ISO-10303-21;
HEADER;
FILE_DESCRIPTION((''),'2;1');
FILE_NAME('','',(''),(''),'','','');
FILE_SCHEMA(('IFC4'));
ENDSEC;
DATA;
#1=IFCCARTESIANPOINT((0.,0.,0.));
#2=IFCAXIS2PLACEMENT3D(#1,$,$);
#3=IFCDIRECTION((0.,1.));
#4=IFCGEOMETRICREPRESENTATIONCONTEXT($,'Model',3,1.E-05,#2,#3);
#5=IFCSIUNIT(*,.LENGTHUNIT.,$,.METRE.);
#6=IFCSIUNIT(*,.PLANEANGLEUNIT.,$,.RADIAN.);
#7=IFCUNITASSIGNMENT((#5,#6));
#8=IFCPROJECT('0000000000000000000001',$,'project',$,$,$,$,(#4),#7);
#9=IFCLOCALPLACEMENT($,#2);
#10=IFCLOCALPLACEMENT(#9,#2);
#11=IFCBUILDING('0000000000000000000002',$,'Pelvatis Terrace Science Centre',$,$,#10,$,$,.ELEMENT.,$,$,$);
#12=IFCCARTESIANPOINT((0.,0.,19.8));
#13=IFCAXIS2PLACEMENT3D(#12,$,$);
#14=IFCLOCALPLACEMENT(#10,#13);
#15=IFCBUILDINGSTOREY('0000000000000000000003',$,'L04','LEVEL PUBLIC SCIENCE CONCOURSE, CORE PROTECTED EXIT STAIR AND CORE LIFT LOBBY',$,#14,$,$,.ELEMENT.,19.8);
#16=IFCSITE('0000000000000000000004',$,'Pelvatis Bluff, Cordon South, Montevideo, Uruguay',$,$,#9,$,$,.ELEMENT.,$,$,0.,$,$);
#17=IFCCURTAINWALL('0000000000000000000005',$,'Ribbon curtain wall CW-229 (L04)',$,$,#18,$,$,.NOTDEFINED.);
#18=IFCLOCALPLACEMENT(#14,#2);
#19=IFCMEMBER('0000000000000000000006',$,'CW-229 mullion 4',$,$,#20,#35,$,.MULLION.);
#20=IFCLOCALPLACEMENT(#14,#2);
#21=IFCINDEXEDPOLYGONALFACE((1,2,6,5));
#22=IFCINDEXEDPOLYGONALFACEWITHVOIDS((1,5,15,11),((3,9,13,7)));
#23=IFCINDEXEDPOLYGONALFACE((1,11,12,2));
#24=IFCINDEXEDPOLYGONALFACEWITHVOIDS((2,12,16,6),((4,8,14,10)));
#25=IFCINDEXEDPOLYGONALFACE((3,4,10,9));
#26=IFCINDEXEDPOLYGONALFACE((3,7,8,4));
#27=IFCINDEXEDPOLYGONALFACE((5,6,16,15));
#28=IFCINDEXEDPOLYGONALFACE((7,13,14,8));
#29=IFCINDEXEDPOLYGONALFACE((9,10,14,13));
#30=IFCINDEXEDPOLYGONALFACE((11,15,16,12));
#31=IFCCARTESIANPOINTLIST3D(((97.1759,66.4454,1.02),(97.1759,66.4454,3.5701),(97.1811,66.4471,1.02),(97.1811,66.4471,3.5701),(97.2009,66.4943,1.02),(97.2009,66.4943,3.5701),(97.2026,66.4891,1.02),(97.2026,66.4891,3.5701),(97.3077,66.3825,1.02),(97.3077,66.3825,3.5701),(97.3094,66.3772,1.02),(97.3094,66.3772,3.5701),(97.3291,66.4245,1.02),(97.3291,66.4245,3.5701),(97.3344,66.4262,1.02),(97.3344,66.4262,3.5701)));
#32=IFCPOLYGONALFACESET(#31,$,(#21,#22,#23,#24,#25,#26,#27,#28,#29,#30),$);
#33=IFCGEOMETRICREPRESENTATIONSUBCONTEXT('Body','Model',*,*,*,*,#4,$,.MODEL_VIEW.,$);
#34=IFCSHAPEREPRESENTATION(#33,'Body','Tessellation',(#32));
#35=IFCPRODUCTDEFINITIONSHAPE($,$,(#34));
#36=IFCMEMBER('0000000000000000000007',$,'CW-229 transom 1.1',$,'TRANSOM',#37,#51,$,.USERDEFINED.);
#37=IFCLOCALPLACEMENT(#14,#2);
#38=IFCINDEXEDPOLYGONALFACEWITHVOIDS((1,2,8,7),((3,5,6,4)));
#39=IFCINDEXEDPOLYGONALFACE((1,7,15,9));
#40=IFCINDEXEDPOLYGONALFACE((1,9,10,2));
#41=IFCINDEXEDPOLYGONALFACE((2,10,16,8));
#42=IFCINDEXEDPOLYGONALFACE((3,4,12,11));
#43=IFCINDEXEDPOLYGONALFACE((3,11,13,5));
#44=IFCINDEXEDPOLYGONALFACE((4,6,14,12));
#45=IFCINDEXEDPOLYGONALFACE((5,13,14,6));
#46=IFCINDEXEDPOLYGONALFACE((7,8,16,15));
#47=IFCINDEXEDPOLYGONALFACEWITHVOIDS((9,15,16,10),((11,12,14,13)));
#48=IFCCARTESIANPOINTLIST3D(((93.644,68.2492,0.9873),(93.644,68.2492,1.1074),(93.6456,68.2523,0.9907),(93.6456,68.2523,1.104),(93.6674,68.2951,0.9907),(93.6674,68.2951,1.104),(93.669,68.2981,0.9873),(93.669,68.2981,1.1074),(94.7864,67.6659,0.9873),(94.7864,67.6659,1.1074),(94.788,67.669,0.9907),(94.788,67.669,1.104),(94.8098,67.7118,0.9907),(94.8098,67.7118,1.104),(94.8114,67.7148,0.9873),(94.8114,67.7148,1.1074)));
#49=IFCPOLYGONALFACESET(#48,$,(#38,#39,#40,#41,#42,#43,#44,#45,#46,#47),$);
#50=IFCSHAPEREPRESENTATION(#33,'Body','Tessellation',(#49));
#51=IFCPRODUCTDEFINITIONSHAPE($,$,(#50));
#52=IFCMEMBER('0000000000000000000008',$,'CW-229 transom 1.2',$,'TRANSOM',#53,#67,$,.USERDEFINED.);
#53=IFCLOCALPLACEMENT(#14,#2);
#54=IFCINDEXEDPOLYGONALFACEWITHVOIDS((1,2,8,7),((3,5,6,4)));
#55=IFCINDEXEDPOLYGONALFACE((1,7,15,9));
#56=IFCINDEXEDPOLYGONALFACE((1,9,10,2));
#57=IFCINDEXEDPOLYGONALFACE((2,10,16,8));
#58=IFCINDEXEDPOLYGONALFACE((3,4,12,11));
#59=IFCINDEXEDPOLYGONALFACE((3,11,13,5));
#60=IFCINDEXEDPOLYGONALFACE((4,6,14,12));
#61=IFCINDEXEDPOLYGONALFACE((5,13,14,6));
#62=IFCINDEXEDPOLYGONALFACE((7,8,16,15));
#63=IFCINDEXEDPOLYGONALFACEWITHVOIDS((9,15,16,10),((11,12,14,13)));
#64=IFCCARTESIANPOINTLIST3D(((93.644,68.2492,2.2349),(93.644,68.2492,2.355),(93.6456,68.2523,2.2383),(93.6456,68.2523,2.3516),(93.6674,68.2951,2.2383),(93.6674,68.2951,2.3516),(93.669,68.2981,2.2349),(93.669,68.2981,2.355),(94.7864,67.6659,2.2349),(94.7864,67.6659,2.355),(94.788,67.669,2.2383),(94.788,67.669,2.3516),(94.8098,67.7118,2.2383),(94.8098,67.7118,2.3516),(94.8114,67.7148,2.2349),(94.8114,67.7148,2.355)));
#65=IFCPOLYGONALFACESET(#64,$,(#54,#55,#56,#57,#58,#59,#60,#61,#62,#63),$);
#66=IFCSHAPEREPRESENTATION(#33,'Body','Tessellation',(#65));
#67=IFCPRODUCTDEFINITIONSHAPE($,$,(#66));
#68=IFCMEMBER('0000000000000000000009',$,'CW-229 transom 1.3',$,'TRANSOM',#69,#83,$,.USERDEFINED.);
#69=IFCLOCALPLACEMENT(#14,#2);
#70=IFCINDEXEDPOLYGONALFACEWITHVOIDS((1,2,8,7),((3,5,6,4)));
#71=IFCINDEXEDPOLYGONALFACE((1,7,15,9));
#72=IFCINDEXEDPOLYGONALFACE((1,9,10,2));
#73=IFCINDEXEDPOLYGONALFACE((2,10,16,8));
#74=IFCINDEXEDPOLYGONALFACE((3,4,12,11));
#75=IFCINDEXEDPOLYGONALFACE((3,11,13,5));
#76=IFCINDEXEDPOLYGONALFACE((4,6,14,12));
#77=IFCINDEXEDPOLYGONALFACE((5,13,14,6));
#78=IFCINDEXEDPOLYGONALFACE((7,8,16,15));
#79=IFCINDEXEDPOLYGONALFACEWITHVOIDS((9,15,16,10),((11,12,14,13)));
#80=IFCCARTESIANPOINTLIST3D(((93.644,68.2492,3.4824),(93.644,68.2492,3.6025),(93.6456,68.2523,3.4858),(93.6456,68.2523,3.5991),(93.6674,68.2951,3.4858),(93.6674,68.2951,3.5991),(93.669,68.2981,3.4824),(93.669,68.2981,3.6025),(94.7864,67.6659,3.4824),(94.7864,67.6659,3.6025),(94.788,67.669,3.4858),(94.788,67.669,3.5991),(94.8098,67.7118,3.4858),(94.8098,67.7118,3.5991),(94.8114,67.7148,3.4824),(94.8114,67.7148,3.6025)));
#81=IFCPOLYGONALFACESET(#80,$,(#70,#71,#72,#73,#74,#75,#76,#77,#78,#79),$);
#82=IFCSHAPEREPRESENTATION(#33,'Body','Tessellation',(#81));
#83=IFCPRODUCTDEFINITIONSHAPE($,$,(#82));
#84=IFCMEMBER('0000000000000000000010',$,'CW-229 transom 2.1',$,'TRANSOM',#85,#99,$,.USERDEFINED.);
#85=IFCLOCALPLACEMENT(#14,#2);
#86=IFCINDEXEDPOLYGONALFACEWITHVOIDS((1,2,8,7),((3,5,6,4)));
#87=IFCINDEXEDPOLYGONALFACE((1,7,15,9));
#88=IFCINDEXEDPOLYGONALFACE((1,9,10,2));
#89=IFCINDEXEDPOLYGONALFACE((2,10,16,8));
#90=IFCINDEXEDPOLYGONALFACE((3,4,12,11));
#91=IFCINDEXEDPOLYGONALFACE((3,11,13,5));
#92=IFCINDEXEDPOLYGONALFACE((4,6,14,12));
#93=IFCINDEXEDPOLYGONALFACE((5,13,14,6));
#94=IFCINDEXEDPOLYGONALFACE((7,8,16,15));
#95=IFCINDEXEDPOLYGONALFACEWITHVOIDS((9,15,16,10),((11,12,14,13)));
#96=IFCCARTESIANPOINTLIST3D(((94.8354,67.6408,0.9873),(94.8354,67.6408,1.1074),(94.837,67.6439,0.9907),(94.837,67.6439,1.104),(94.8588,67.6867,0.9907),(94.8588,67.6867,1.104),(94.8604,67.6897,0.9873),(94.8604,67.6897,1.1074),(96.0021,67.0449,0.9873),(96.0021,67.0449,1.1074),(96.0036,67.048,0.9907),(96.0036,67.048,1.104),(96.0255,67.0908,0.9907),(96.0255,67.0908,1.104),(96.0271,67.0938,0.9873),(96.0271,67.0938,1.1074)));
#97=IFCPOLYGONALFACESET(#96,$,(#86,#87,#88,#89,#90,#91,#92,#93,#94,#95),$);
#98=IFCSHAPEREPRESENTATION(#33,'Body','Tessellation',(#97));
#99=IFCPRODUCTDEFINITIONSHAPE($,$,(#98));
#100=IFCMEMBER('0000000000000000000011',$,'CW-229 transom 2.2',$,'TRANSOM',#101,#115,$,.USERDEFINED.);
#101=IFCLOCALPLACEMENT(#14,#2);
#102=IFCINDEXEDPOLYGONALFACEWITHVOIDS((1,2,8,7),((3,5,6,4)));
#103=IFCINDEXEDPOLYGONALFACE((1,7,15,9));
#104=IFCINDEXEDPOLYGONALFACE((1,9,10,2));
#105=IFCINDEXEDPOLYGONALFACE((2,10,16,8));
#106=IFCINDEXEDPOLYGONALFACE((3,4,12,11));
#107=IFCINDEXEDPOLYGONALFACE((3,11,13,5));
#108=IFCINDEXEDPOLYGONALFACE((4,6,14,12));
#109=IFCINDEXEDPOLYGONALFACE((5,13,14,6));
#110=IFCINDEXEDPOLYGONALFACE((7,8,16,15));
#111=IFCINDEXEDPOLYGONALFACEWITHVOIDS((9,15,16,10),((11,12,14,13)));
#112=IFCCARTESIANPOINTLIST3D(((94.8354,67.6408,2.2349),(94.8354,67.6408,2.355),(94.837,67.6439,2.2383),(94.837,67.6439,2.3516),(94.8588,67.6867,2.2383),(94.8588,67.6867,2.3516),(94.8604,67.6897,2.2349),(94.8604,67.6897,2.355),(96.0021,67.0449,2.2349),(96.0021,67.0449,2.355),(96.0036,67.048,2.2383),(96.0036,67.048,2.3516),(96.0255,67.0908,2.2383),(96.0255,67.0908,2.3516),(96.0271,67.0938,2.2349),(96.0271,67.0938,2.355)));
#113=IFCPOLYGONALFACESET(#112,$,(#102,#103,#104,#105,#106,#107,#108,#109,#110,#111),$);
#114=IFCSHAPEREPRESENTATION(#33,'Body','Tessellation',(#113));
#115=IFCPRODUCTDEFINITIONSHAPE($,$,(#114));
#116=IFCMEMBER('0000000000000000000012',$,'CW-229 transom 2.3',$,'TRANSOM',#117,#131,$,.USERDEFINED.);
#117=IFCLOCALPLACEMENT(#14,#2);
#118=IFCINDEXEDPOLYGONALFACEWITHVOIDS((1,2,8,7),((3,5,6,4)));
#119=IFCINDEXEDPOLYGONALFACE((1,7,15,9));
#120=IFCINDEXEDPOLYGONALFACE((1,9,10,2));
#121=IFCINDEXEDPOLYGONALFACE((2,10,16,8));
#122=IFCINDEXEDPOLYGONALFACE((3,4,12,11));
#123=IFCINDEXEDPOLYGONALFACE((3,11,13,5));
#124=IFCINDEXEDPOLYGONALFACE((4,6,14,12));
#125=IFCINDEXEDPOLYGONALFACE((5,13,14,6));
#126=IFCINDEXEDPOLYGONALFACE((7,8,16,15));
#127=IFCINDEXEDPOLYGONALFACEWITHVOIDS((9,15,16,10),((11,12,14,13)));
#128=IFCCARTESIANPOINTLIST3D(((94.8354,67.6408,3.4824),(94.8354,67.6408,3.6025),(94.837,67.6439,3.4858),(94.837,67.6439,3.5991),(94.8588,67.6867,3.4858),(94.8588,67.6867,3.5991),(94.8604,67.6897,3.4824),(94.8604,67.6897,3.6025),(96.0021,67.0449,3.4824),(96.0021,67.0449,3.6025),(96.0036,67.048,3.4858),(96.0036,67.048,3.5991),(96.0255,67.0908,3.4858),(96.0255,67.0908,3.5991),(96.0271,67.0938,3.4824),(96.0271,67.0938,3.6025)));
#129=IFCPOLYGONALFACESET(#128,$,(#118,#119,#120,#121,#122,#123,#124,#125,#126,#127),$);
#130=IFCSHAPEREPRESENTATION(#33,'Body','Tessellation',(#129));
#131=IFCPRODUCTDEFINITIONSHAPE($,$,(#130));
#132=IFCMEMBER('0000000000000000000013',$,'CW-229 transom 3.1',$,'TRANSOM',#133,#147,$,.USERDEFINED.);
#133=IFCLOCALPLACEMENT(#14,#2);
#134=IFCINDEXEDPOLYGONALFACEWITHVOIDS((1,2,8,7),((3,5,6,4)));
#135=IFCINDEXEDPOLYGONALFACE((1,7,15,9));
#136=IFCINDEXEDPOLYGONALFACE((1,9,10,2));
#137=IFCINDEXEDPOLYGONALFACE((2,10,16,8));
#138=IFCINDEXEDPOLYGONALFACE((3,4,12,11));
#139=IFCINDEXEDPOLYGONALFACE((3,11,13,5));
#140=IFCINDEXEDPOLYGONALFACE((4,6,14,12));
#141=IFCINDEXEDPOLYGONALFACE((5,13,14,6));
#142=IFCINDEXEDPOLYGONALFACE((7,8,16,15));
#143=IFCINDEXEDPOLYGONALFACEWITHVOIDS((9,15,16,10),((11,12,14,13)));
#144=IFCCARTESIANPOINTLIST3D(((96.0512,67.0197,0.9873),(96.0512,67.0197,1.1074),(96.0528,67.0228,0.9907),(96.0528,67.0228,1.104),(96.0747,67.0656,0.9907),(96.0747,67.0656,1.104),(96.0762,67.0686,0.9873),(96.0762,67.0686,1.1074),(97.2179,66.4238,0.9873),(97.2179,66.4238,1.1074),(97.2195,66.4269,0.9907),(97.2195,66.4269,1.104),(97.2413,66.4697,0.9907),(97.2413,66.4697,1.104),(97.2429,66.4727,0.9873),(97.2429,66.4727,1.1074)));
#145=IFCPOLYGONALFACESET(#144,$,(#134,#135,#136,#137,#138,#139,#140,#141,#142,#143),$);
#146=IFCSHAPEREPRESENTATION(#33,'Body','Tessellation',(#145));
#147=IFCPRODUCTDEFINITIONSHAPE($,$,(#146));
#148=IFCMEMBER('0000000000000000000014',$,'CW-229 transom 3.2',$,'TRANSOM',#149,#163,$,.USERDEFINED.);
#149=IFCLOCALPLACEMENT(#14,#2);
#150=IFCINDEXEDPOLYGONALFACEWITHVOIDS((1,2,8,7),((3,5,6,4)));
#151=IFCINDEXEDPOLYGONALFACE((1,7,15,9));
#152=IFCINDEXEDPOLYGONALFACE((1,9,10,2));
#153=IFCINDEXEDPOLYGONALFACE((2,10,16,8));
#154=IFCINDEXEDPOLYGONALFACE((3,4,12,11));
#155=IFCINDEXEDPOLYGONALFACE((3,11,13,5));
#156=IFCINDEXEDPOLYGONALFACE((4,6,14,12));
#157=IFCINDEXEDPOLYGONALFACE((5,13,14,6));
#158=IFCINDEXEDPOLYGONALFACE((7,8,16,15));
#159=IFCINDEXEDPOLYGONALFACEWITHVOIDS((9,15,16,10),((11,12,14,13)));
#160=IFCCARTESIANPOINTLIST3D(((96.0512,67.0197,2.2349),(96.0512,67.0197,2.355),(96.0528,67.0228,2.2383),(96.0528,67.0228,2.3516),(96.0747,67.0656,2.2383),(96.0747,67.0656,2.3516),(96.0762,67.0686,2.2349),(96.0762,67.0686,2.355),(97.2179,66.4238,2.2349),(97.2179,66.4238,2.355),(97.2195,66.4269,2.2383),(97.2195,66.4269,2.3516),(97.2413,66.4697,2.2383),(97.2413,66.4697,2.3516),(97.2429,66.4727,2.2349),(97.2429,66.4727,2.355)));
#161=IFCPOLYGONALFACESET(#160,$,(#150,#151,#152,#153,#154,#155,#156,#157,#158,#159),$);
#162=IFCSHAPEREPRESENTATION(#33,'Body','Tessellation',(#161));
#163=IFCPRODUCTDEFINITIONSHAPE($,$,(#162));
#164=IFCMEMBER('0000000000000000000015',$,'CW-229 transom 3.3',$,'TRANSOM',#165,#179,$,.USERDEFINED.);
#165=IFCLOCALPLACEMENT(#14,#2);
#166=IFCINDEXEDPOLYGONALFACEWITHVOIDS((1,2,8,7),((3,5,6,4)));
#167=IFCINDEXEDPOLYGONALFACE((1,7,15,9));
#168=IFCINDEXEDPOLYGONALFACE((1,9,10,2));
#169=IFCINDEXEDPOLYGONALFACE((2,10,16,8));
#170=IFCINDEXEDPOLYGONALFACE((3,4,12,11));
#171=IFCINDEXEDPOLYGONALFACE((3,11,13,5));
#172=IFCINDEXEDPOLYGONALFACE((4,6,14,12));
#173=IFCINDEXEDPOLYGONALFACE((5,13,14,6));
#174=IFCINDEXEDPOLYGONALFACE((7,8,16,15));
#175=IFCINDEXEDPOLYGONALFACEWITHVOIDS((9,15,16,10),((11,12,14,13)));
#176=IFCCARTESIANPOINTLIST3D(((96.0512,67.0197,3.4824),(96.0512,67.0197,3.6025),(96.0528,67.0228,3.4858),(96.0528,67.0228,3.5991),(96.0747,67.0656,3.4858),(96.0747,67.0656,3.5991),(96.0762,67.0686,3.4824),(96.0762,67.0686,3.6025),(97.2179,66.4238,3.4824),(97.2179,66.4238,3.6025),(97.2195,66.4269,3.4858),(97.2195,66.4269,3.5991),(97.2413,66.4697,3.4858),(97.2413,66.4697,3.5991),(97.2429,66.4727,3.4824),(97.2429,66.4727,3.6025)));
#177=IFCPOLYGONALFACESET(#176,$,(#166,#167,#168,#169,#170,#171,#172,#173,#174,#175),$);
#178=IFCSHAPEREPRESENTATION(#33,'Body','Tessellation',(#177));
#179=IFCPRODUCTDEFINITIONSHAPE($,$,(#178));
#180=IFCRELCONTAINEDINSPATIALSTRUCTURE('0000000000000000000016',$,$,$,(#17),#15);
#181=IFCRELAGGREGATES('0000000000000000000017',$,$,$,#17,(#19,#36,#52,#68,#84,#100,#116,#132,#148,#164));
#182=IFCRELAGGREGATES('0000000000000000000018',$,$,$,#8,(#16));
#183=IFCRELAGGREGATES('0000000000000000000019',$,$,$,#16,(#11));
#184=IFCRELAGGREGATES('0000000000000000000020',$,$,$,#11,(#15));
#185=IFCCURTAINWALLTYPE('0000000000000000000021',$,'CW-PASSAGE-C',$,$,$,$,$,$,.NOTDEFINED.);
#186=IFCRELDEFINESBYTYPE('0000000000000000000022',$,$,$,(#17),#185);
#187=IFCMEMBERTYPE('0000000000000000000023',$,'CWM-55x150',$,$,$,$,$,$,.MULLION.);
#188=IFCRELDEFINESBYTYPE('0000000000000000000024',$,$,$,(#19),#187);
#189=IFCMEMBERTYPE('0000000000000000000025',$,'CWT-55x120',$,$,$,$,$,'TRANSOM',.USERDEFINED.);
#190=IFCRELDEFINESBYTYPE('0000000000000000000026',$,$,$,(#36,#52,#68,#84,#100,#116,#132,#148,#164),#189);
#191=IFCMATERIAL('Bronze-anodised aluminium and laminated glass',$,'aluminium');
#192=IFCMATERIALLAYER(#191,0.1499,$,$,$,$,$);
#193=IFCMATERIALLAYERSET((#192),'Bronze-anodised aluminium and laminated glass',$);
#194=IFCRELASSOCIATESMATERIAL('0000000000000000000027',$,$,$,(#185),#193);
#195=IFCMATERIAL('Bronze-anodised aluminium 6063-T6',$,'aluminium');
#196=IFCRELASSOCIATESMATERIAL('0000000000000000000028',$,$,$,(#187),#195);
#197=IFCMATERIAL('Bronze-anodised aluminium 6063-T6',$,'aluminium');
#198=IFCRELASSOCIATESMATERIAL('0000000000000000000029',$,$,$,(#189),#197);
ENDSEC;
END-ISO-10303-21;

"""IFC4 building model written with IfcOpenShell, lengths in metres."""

from ifc_helpers import new_model, si_unit, direction, frame, origin, origin_2d, place, context, subcontext, project, spatial, hollow_rectangle, extrude, material, layer, layer_set, material_profile, profile_set, type_object, element, aggregate, save


model = new_model("IFC4")

# Units and contexts
model_context = context("Model", 3, precision=1e-05, world=origin(), true_north=direction((0.0, 1.0)))
body_context = subcontext(model_context, "Body", "Model", "MODEL_VIEW")
ifc_project = project(units=[si_unit("LENGTHUNIT", "METRE"), si_unit("PLANEANGLEUNIT", "RADIAN")], contexts=[model_context])

# Site, building, storey
site_placement = place(None, origin())
site = spatial("IfcSite", under=ifc_project, at=site_placement, Name="Pelvatis Bluff, Cordon South, Montevideo, Uruguay", CompositionType="ELEMENT", RefElevation=0.0)
building_placement = place(site_placement, origin())
building = spatial("IfcBuilding", under=site, at=building_placement, Name="Pelvatis Terrace Science Centre", CompositionType="ELEMENT")
storey_placement = place(building_placement, frame((0.0, 0.0, 19.8)))
storey = spatial("IfcBuildingStorey", under=building, at=storey_placement, Name="L04", Description="LEVEL PUBLIC SCIENCE CONCOURSE, CORE PROTECTED EXIT STAIR AND CORE LIFT LOBBY", CompositionType="ELEMENT", Elevation=19.8)

# Shared definitions
ifc_material_1 = material(Name="Bronze-anodised aluminium and laminated glass", Category="aluminium")
ifc_layer_1 = layer(ifc_material_1, 0.1499)
ifc_layer_set_1 = layer_set([ifc_layer_1], Name="Bronze-anodised aluminium and laminated glass")
curtain_wall_type = type_object("IfcCurtainWallType", Name="CW-PASSAGE-C", PredefinedType="NOTDEFINED", material=ifc_layer_set_1)
ifc_material_2 = material(Name="Bronze-anodised aluminium 6063-T6", Category="aluminium")
ifc_material_profile_1 = material_profile(ifc_material_2, hollow_rectangle(XDim=0.0549, YDim=0.1499, WallThickness=0.0039, at=origin_2d()), Name="ALU-MUL 55x150")
ifc_profile_set_1 = profile_set([ifc_material_profile_1], Name="Bronze-anodised aluminium 6063-T6")
member_type_1 = type_object("IfcMemberType", Name="CWM-55x150", PredefinedType="MULLION", material=ifc_profile_set_1)

# Curtain wall, members
curtain_wall_1_placement = place(storey_placement, origin())
curtain_wall_1 = element("IfcCurtainWall", 1, at=curtain_wall_1_placement, inside=storey, type_object=curtain_wall_type, Name="Ribbon curtain wall CW-229 (L04)", PredefinedType="NOTDEFINED")
member_1_placement = place(storey_placement, frame((97.2551, 66.4358, 1.02), z_axis=(0.0, 0.0, 1.0), x_axis=(0.454859, 0.890564, 0.0)))
member_1 = element("IfcMember", 2, at=member_1_placement, type_object=member_type_1, Name="CW-229 mullion 4", PredefinedType="MULLION", context=body_context, shape_type="SweptSolid", body=[
    extrude(hollow_rectangle(XDim=0.0549, YDim=0.1499, WallThickness=0.0039, at=origin_2d()), origin(), (0.0, 0.0, 1.0), 2.55),
])
ifc_material_3 = material(Name="Bronze-anodised aluminium 6063-T6", Category="aluminium")
ifc_material_profile_2 = material_profile(ifc_material_3, hollow_rectangle(XDim=0.0549, YDim=0.1201, WallThickness=0.0034, at=origin_2d()), Name="ALU-TRN 55x120")
ifc_profile_set_2 = profile_set([ifc_material_profile_2], Name="Bronze-anodised aluminium 6063-T6")
member_type_2 = type_object("IfcMemberType", Name="CWT-55x120", ElementType="TRANSOM", PredefinedType="USERDEFINED", material=ifc_profile_set_2)
member_2_placement = place(storey_placement, frame((93.6565, 68.2737, 1.0474), z_axis=(0.890627, -0.454735, 0.0), x_axis=(0.454735, 0.890627, 0.0)))
member_2 = element("IfcMember", 3, at=member_2_placement, type_object=member_type_2, Name="CW-229 transom 1.1", ObjectType="TRANSOM", PredefinedType="USERDEFINED", context=body_context, shape_type="SweptSolid", body=[
    extrude(hollow_rectangle(XDim=0.0549, YDim=0.1201, WallThickness=0.0034, at=origin_2d()), origin(), (0.0, 0.0, 1.0), 1.2827),
])
member_3_placement = place(storey_placement, frame((93.6565, 68.2737, 2.2949), z_axis=(0.890627, -0.454735, 0.0), x_axis=(0.454735, 0.890627, 0.0)))
member_3 = element("IfcMember", 4, at=member_3_placement, type_object=member_type_2, Name="CW-229 transom 1.2", ObjectType="TRANSOM", PredefinedType="USERDEFINED", context=body_context, shape_type="SweptSolid", body=[
    extrude(hollow_rectangle(XDim=0.0549, YDim=0.1201, WallThickness=0.0034, at=origin_2d()), origin(), (0.0, 0.0, 1.0), 1.2827),
])
member_4_placement = place(storey_placement, frame((93.6565, 68.2737, 3.5425), z_axis=(0.890627, -0.454735, 0.0), x_axis=(0.454735, 0.890627, 0.0)))
member_4 = element("IfcMember", 5, at=member_4_placement, type_object=member_type_2, Name="CW-229 transom 1.3", ObjectType="TRANSOM", PredefinedType="USERDEFINED", context=body_context, shape_type="SweptSolid", body=[
    extrude(hollow_rectangle(XDim=0.0549, YDim=0.1201, WallThickness=0.0034, at=origin_2d()), origin(), (0.0, 0.0, 1.0), 1.2827),
])
member_5_placement = place(storey_placement, frame((94.8479, 67.6653, 1.0474), z_axis=(0.890555, -0.454875, 0.0), x_axis=(0.454875, 0.890555, 0.0)))
member_5 = element("IfcMember", 6, at=member_5_placement, type_object=member_type_2, Name="CW-229 transom 2.1", ObjectType="TRANSOM", PredefinedType="USERDEFINED", context=body_context, shape_type="SweptSolid", body=[
    extrude(hollow_rectangle(XDim=0.0549, YDim=0.1201, WallThickness=0.0034, at=origin_2d()), origin(), (0.0, 0.0, 1.0), 1.3101),
])
member_6_placement = place(storey_placement, frame((94.8479, 67.6653, 2.2949), z_axis=(0.890555, -0.454875, 0.0), x_axis=(0.454875, 0.890555, 0.0)))
member_6 = element("IfcMember", 7, at=member_6_placement, type_object=member_type_2, Name="CW-229 transom 2.2", ObjectType="TRANSOM", PredefinedType="USERDEFINED", context=body_context, shape_type="SweptSolid", body=[
    extrude(hollow_rectangle(XDim=0.0549, YDim=0.1201, WallThickness=0.0034, at=origin_2d()), origin(), (0.0, 0.0, 1.0), 1.3101),
])
member_7_placement = place(storey_placement, frame((94.8479, 67.6653, 3.5425), z_axis=(0.890555, -0.454875, 0.0), x_axis=(0.454875, 0.890555, 0.0)))
member_7 = element("IfcMember", 8, at=member_7_placement, type_object=member_type_2, Name="CW-229 transom 2.3", ObjectType="TRANSOM", PredefinedType="USERDEFINED", context=body_context, shape_type="SweptSolid", body=[
    extrude(hollow_rectangle(XDim=0.0549, YDim=0.1201, WallThickness=0.0034, at=origin_2d()), origin(), (0.0, 0.0, 1.0), 1.3101),
])
member_8_placement = place(storey_placement, frame((96.0637, 67.0442, 1.0474), z_axis=(0.890555, -0.454875, 0.0), x_axis=(0.454875, 0.890555, 0.0)))
member_8 = element("IfcMember", 9, at=member_8_placement, type_object=member_type_2, Name="CW-229 transom 3.1", ObjectType="TRANSOM", PredefinedType="USERDEFINED", context=body_context, shape_type="SweptSolid", body=[
    extrude(hollow_rectangle(XDim=0.0549, YDim=0.1201, WallThickness=0.0034, at=origin_2d()), origin(), (0.0, 0.0, 1.0), 1.3101),
])
member_9_placement = place(storey_placement, frame((96.0637, 67.0442, 2.2949), z_axis=(0.890555, -0.454875, 0.0), x_axis=(0.454875, 0.890555, 0.0)))
member_9 = element("IfcMember", 10, at=member_9_placement, type_object=member_type_2, Name="CW-229 transom 3.2", ObjectType="TRANSOM", PredefinedType="USERDEFINED", context=body_context, shape_type="SweptSolid", body=[
    extrude(hollow_rectangle(XDim=0.0549, YDim=0.1201, WallThickness=0.0034, at=origin_2d()), origin(), (0.0, 0.0, 1.0), 1.3101),
])
member_10_placement = place(storey_placement, frame((96.0637, 67.0442, 3.5425), z_axis=(0.890555, -0.454875, 0.0), x_axis=(0.454875, 0.890555, 0.0)))
member_10 = element("IfcMember", 11, at=member_10_placement, type_object=member_type_2, Name="CW-229 transom 3.3", ObjectType="TRANSOM", PredefinedType="USERDEFINED", context=body_context, shape_type="SweptSolid", body=[
    extrude(hollow_rectangle(XDim=0.0549, YDim=0.1201, WallThickness=0.0034, at=origin_2d()), origin(), (0.0, 0.0, 1.0), 1.3101),
])

aggregate(curtain_wall_1, [member_1, member_2, member_3, member_4, member_5, member_6, member_7, member_8, member_9, member_10])

save(model, "model.ifc")
